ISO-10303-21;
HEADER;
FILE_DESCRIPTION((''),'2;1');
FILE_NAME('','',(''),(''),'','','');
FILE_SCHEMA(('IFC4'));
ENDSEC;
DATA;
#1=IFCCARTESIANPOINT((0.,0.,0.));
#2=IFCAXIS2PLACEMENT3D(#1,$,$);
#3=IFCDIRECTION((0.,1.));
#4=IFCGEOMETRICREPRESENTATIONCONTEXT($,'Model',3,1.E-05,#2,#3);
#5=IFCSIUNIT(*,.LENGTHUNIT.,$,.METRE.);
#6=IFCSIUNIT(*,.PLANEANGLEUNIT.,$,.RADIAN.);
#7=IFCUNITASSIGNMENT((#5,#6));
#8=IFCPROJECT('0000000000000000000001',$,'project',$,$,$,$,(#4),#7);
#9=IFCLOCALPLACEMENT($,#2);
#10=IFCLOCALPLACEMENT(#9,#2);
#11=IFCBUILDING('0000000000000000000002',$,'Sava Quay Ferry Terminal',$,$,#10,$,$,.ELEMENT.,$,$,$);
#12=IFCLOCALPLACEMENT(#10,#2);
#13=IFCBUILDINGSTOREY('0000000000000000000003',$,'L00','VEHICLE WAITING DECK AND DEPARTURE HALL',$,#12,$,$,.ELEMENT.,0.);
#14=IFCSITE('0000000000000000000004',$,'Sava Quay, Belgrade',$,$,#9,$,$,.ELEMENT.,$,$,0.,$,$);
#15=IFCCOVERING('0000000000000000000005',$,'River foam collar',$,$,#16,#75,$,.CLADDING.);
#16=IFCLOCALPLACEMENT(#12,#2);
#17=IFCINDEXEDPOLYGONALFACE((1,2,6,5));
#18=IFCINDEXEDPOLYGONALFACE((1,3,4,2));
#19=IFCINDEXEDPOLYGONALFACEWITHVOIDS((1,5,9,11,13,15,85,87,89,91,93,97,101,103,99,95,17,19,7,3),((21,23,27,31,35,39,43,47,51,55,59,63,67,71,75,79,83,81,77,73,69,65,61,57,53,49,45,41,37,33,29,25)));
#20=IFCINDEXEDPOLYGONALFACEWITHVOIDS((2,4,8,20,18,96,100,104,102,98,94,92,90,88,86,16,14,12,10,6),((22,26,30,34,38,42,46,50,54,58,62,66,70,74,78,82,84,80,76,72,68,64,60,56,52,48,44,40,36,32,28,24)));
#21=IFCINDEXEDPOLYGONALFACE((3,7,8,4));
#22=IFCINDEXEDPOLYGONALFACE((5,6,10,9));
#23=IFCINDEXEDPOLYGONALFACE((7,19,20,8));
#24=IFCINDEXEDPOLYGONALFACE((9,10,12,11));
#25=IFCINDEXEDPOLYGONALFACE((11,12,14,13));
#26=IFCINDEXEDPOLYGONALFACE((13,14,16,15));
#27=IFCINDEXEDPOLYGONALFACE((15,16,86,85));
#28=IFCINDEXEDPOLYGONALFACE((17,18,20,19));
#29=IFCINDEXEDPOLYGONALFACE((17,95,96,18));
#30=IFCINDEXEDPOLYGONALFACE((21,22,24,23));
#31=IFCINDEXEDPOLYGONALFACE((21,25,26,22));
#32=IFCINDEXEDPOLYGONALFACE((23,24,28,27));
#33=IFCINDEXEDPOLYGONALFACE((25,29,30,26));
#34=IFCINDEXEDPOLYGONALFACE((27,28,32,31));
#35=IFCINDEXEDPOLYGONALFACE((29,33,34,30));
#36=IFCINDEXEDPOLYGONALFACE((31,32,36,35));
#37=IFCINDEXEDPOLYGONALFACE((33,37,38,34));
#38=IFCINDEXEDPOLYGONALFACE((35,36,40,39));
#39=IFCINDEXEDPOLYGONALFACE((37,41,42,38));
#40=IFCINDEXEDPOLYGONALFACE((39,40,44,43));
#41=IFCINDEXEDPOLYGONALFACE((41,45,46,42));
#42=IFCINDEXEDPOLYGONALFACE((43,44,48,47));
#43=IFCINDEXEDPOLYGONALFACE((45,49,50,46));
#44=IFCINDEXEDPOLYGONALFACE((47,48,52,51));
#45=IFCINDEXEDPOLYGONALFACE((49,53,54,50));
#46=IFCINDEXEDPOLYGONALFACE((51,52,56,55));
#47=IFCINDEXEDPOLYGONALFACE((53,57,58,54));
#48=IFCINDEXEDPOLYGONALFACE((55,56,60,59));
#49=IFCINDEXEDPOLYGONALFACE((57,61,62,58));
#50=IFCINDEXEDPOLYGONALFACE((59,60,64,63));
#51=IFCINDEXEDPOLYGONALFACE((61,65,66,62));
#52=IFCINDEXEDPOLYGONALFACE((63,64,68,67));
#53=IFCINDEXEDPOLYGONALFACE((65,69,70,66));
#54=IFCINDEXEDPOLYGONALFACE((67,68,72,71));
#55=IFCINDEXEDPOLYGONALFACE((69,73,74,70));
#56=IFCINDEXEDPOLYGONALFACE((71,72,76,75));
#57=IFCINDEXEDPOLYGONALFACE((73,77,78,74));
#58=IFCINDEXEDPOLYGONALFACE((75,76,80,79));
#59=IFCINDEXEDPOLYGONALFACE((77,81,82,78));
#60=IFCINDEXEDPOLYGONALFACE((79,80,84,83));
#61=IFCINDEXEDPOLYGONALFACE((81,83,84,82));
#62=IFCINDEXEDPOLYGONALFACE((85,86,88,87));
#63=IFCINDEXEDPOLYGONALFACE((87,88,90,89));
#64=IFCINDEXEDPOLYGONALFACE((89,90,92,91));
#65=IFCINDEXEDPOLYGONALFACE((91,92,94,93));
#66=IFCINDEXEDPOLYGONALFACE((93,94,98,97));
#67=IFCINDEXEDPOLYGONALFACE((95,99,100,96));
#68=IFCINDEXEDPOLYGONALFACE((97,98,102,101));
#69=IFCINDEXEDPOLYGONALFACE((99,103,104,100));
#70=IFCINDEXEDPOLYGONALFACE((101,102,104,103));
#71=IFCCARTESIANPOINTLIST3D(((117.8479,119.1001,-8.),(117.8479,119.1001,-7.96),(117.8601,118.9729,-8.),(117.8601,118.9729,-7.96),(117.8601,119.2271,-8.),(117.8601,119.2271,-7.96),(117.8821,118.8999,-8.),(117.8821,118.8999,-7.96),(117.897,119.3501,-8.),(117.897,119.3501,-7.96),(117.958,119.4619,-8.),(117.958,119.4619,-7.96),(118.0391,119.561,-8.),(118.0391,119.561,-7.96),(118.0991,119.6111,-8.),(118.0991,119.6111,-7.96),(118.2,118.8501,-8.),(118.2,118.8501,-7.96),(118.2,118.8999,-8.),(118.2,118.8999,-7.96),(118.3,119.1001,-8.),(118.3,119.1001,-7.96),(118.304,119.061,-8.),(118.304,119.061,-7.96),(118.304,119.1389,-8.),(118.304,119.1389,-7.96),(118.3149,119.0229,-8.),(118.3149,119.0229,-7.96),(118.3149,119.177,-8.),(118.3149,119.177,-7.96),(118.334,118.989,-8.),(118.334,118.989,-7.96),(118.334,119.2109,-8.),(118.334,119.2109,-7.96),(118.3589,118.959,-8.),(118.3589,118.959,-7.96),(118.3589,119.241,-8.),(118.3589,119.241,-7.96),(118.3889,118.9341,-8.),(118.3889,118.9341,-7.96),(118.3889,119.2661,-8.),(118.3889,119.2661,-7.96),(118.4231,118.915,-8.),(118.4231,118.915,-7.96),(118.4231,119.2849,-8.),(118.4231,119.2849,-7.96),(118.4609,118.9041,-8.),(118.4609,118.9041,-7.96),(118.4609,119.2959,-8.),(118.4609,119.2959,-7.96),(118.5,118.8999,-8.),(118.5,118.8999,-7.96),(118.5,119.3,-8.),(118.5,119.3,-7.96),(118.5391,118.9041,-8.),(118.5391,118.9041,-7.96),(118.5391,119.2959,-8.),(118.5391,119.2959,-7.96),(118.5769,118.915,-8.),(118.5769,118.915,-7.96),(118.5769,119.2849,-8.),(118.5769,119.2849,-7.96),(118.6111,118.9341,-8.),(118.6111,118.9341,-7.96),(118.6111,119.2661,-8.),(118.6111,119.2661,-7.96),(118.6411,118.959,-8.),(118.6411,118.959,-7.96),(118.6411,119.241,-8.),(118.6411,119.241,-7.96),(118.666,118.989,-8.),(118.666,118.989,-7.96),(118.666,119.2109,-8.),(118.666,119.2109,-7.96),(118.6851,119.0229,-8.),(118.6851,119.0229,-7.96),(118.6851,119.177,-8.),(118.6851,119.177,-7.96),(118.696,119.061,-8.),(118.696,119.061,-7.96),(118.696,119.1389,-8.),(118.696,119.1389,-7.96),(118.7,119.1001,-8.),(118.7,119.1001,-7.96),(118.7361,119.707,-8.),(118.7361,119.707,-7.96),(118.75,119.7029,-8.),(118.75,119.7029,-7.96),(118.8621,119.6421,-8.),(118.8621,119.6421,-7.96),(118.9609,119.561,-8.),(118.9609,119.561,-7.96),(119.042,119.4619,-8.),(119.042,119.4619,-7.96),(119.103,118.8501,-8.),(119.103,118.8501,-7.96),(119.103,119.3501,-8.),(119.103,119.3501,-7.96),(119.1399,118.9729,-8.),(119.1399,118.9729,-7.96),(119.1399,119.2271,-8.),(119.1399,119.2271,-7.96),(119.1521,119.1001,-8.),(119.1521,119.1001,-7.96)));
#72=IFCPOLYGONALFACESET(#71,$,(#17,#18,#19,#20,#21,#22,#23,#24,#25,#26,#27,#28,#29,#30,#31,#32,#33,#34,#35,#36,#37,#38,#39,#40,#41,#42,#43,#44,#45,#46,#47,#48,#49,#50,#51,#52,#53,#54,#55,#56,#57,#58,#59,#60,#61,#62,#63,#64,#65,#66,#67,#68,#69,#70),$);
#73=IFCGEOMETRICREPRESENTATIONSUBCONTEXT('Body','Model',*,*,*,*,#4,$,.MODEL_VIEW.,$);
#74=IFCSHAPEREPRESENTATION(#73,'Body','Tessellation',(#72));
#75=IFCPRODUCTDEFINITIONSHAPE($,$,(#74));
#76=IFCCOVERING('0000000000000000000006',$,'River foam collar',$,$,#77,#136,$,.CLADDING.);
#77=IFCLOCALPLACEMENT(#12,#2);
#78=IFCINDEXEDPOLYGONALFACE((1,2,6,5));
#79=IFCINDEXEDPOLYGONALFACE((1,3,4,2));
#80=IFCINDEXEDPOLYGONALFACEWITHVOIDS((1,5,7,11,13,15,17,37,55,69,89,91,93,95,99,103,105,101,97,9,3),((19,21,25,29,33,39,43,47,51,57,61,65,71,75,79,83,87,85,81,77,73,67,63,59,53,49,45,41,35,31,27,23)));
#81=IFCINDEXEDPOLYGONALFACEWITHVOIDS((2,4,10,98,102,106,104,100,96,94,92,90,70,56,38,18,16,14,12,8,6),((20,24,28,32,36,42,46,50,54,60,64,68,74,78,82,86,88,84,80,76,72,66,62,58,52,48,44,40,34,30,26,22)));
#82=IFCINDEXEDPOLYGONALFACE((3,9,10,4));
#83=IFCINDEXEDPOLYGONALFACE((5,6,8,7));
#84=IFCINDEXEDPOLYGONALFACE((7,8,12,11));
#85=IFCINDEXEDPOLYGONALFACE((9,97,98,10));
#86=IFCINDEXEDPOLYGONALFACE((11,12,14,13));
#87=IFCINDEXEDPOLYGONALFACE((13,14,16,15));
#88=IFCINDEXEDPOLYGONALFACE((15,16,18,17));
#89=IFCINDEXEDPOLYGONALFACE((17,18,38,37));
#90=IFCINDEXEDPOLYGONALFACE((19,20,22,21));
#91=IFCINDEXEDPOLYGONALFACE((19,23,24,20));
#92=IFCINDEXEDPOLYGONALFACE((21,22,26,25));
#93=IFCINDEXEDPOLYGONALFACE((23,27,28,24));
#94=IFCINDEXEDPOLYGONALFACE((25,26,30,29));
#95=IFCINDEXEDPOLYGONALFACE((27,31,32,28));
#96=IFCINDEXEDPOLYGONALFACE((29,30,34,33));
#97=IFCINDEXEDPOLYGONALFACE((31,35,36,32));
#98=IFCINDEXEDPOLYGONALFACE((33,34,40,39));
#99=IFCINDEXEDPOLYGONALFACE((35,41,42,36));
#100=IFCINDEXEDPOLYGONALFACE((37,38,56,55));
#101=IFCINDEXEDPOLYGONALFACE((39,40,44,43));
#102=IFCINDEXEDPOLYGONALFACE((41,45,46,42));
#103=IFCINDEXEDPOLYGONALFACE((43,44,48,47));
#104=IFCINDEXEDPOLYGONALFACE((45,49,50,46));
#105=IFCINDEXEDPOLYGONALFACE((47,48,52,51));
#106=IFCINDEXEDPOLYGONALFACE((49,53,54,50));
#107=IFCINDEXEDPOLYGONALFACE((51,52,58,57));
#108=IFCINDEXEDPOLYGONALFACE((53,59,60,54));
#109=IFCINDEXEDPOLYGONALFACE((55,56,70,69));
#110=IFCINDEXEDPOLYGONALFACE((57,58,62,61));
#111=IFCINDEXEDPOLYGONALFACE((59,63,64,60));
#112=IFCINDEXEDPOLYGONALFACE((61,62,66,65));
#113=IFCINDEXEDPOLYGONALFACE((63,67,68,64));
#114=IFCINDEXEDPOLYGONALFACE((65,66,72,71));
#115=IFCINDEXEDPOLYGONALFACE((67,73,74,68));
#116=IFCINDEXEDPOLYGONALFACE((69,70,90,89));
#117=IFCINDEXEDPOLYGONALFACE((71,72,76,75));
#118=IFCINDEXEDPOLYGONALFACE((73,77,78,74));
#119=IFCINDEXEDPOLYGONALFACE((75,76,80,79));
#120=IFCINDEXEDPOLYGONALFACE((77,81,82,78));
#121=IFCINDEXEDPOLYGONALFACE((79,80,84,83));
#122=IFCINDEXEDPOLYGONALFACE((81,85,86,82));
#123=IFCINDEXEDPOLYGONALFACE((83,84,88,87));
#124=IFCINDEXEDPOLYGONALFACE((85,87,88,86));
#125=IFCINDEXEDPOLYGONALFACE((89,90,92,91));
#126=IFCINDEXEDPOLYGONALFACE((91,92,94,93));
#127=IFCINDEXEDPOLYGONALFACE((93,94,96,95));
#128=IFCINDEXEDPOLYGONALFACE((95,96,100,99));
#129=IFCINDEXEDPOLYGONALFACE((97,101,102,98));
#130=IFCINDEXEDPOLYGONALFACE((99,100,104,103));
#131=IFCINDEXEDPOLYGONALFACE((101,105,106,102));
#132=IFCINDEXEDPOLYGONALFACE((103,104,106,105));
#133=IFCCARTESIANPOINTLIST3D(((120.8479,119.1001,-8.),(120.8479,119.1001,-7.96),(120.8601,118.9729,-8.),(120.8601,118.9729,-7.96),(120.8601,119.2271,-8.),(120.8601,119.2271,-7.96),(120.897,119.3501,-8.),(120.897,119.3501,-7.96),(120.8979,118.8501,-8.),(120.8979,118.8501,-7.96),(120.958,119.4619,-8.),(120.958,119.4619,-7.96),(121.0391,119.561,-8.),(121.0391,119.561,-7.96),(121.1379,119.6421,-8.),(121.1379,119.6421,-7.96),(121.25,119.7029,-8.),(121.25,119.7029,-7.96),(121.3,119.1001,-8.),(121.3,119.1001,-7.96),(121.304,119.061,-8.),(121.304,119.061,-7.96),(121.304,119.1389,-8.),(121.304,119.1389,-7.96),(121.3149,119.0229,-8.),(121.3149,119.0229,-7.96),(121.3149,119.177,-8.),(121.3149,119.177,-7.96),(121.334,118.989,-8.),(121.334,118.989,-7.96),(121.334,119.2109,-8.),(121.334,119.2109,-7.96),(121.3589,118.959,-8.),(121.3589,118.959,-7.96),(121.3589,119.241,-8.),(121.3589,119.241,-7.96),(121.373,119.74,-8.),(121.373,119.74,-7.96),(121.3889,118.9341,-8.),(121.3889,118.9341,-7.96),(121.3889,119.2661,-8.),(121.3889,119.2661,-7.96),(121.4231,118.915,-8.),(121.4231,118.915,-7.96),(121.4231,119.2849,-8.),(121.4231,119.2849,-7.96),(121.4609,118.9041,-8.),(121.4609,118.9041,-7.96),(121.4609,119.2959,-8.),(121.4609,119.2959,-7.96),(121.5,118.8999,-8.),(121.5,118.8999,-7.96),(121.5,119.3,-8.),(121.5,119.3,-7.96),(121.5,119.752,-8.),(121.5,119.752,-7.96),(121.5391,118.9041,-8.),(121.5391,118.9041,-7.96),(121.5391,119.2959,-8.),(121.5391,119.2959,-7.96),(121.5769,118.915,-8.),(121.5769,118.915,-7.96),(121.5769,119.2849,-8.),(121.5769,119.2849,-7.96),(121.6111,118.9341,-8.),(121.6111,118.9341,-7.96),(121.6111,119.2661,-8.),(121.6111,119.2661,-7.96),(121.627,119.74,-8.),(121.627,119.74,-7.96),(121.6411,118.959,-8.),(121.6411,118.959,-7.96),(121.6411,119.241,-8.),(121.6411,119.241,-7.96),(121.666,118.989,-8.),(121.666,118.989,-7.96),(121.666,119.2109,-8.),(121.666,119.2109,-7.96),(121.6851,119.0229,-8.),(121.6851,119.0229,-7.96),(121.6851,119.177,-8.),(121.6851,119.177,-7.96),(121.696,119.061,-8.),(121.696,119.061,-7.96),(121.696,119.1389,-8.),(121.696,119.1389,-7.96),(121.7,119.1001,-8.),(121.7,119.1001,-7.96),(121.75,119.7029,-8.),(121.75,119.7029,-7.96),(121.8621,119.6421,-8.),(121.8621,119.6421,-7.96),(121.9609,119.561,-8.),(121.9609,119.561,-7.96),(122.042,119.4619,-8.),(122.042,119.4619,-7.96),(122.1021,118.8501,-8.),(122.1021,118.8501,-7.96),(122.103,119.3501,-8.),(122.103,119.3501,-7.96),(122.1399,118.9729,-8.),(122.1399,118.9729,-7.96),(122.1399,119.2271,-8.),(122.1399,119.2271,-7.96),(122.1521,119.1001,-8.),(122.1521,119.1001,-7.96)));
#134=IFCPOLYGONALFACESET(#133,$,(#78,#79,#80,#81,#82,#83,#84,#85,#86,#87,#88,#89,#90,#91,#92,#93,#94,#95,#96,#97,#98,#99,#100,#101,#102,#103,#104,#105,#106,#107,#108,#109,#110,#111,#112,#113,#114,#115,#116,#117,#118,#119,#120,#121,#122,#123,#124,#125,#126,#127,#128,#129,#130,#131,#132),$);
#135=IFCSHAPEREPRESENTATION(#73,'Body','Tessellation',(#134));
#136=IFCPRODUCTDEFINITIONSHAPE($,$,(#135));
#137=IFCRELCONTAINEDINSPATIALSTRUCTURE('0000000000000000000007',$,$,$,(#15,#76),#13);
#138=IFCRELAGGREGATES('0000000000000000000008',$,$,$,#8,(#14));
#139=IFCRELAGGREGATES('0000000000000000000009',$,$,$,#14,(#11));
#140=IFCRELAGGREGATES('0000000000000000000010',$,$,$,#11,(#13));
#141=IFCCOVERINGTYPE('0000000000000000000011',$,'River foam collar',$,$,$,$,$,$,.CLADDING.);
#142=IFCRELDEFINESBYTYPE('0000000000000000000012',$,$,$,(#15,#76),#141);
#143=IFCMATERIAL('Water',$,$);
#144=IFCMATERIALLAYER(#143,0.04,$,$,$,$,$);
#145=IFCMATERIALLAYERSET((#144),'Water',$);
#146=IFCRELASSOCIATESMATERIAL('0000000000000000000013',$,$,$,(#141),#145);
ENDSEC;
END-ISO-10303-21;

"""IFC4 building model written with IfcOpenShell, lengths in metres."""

from ifc_helpers import new_model, si_unit, direction, frame, origin, place, context, subcontext, project, spatial, polyline, outline, extrude, material, layer, layer_set, type_object, element, save


model = new_model("IFC4")

# Units and contexts
model_context = context("Model", 3, precision=1e-05, world=origin(), true_north=direction((0.0, 1.0)))
body_context = subcontext(model_context, "Body", "Model", "MODEL_VIEW")
ifc_project = project(units=[si_unit("LENGTHUNIT", "METRE"), si_unit("PLANEANGLEUNIT", "RADIAN")], contexts=[model_context])

# Site, building, storey
site_placement = place(None, origin())
site = spatial("IfcSite", under=ifc_project, at=site_placement, Name="Sava Quay, Belgrade", CompositionType="ELEMENT", RefElevation=0.0)
building_placement = place(site_placement, origin())
building = spatial("IfcBuilding", under=site, at=building_placement, Name="Sava Quay Ferry Terminal", CompositionType="ELEMENT")
storey_placement = place(building_placement, origin())
storey = spatial("IfcBuildingStorey", under=building, at=storey_placement, Name="L00", Description="VEHICLE WAITING DECK AND DEPARTURE HALL", CompositionType="ELEMENT", Elevation=0.0)

# Coverings
ifc_material = material(Name="Water")
ifc_layer = layer(ifc_material, 0.04)
ifc_layer_set = layer_set([ifc_layer], Name="Water")
covering_type = type_object("IfcCoveringType", Name="River foam collar", PredefinedType="CLADDING", material=ifc_layer_set)
covering_1_placement = place(storey_placement, frame((0.0, 0.0, -8.0)))
element("IfcCovering", 1, at=covering_1_placement, inside=storey, type_object=covering_type, Name="River foam collar", PredefinedType="CLADDING", context=body_context, shape_type="SweptSolid", body=[
    extrude(outline(polyline([(119.103, 118.8501), (119.1399, 118.9729), (119.1521, 119.1001), (119.1399, 119.2271), (119.103, 119.3501), (119.042, 119.4619), (118.9609, 119.561), (118.8621, 119.6421), (118.75, 119.7029), (118.7361, 119.707), (118.0991, 119.6111), (118.0391, 119.561), (117.958, 119.4619), (117.897, 119.3501), (117.8601, 119.2271), (117.8479, 119.1001), (117.8601, 118.9729), (117.8821, 118.8999), (118.2, 118.8999), (118.2, 118.8501), (119.103, 118.8501)]), holes=[polyline([(118.7, 119.1001), (118.696, 119.061), (118.6851, 119.0229), (118.666, 118.989), (118.6411, 118.959), (118.6111, 118.9341), (118.5769, 118.915), (118.5391, 118.9041), (118.5, 118.8999), (118.4609, 118.9041), (118.4231, 118.915), (118.3889, 118.9341), (118.3589, 118.959), (118.334, 118.989), (118.3149, 119.0229), (118.304, 119.061), (118.3, 119.1001), (118.304, 119.1389), (118.3149, 119.177), (118.334, 119.2109), (118.3589, 119.241), (118.3889, 119.2661), (118.4231, 119.2849), (118.4609, 119.2959), (118.5, 119.3), (118.5391, 119.2959), (118.5769, 119.2849), (118.6111, 119.2661), (118.6411, 119.241), (118.666, 119.2109), (118.6851, 119.177), (118.696, 119.1389), (118.7, 119.1001)])]), origin(), (0.0, 0.0, 1.0), 0.04),
])
covering_2_placement = place(storey_placement, frame((0.0, 0.0, -8.0)))
element("IfcCovering", 2, at=covering_2_placement, inside=storey, type_object=covering_type, Name="River foam collar", PredefinedType="CLADDING", context=body_context, shape_type="SweptSolid", body=[
    extrude(outline(polyline([(121.373, 119.74), (121.25, 119.7029), (121.1379, 119.6421), (121.0391, 119.561), (120.958, 119.4619), (120.897, 119.3501), (120.8601, 119.2271), (120.8479, 119.1001), (120.8601, 118.9729), (120.8979, 118.8501), (122.1021, 118.8501), (122.1399, 118.9729), (122.1521, 119.1001), (122.1399, 119.2271), (122.103, 119.3501), (122.042, 119.4619), (121.9609, 119.561), (121.8621, 119.6421), (121.75, 119.7029), (121.627, 119.74), (121.5, 119.752), (121.373, 119.74)]), holes=[polyline([(121.696, 119.1389), (121.7, 119.1001), (121.696, 119.061), (121.6851, 119.0229), (121.666, 118.989), (121.6411, 118.959), (121.6111, 118.9341), (121.5769, 118.915), (121.5391, 118.9041), (121.5, 118.8999), (121.4609, 118.9041), (121.4231, 118.915), (121.3889, 118.9341), (121.3589, 118.959), (121.334, 118.989), (121.3149, 119.0229), (121.304, 119.061), (121.3, 119.1001), (121.304, 119.1389), (121.3149, 119.177), (121.334, 119.2109), (121.3589, 119.241), (121.3889, 119.2661), (121.4231, 119.2849), (121.4609, 119.2959), (121.5, 119.3), (121.5391, 119.2959), (121.5769, 119.2849), (121.6111, 119.2661), (121.6411, 119.241), (121.666, 119.2109), (121.6851, 119.177), (121.696, 119.1389)])]), origin(), (0.0, 0.0, 1.0), 0.04),
])

save(model, "model.ifc")
